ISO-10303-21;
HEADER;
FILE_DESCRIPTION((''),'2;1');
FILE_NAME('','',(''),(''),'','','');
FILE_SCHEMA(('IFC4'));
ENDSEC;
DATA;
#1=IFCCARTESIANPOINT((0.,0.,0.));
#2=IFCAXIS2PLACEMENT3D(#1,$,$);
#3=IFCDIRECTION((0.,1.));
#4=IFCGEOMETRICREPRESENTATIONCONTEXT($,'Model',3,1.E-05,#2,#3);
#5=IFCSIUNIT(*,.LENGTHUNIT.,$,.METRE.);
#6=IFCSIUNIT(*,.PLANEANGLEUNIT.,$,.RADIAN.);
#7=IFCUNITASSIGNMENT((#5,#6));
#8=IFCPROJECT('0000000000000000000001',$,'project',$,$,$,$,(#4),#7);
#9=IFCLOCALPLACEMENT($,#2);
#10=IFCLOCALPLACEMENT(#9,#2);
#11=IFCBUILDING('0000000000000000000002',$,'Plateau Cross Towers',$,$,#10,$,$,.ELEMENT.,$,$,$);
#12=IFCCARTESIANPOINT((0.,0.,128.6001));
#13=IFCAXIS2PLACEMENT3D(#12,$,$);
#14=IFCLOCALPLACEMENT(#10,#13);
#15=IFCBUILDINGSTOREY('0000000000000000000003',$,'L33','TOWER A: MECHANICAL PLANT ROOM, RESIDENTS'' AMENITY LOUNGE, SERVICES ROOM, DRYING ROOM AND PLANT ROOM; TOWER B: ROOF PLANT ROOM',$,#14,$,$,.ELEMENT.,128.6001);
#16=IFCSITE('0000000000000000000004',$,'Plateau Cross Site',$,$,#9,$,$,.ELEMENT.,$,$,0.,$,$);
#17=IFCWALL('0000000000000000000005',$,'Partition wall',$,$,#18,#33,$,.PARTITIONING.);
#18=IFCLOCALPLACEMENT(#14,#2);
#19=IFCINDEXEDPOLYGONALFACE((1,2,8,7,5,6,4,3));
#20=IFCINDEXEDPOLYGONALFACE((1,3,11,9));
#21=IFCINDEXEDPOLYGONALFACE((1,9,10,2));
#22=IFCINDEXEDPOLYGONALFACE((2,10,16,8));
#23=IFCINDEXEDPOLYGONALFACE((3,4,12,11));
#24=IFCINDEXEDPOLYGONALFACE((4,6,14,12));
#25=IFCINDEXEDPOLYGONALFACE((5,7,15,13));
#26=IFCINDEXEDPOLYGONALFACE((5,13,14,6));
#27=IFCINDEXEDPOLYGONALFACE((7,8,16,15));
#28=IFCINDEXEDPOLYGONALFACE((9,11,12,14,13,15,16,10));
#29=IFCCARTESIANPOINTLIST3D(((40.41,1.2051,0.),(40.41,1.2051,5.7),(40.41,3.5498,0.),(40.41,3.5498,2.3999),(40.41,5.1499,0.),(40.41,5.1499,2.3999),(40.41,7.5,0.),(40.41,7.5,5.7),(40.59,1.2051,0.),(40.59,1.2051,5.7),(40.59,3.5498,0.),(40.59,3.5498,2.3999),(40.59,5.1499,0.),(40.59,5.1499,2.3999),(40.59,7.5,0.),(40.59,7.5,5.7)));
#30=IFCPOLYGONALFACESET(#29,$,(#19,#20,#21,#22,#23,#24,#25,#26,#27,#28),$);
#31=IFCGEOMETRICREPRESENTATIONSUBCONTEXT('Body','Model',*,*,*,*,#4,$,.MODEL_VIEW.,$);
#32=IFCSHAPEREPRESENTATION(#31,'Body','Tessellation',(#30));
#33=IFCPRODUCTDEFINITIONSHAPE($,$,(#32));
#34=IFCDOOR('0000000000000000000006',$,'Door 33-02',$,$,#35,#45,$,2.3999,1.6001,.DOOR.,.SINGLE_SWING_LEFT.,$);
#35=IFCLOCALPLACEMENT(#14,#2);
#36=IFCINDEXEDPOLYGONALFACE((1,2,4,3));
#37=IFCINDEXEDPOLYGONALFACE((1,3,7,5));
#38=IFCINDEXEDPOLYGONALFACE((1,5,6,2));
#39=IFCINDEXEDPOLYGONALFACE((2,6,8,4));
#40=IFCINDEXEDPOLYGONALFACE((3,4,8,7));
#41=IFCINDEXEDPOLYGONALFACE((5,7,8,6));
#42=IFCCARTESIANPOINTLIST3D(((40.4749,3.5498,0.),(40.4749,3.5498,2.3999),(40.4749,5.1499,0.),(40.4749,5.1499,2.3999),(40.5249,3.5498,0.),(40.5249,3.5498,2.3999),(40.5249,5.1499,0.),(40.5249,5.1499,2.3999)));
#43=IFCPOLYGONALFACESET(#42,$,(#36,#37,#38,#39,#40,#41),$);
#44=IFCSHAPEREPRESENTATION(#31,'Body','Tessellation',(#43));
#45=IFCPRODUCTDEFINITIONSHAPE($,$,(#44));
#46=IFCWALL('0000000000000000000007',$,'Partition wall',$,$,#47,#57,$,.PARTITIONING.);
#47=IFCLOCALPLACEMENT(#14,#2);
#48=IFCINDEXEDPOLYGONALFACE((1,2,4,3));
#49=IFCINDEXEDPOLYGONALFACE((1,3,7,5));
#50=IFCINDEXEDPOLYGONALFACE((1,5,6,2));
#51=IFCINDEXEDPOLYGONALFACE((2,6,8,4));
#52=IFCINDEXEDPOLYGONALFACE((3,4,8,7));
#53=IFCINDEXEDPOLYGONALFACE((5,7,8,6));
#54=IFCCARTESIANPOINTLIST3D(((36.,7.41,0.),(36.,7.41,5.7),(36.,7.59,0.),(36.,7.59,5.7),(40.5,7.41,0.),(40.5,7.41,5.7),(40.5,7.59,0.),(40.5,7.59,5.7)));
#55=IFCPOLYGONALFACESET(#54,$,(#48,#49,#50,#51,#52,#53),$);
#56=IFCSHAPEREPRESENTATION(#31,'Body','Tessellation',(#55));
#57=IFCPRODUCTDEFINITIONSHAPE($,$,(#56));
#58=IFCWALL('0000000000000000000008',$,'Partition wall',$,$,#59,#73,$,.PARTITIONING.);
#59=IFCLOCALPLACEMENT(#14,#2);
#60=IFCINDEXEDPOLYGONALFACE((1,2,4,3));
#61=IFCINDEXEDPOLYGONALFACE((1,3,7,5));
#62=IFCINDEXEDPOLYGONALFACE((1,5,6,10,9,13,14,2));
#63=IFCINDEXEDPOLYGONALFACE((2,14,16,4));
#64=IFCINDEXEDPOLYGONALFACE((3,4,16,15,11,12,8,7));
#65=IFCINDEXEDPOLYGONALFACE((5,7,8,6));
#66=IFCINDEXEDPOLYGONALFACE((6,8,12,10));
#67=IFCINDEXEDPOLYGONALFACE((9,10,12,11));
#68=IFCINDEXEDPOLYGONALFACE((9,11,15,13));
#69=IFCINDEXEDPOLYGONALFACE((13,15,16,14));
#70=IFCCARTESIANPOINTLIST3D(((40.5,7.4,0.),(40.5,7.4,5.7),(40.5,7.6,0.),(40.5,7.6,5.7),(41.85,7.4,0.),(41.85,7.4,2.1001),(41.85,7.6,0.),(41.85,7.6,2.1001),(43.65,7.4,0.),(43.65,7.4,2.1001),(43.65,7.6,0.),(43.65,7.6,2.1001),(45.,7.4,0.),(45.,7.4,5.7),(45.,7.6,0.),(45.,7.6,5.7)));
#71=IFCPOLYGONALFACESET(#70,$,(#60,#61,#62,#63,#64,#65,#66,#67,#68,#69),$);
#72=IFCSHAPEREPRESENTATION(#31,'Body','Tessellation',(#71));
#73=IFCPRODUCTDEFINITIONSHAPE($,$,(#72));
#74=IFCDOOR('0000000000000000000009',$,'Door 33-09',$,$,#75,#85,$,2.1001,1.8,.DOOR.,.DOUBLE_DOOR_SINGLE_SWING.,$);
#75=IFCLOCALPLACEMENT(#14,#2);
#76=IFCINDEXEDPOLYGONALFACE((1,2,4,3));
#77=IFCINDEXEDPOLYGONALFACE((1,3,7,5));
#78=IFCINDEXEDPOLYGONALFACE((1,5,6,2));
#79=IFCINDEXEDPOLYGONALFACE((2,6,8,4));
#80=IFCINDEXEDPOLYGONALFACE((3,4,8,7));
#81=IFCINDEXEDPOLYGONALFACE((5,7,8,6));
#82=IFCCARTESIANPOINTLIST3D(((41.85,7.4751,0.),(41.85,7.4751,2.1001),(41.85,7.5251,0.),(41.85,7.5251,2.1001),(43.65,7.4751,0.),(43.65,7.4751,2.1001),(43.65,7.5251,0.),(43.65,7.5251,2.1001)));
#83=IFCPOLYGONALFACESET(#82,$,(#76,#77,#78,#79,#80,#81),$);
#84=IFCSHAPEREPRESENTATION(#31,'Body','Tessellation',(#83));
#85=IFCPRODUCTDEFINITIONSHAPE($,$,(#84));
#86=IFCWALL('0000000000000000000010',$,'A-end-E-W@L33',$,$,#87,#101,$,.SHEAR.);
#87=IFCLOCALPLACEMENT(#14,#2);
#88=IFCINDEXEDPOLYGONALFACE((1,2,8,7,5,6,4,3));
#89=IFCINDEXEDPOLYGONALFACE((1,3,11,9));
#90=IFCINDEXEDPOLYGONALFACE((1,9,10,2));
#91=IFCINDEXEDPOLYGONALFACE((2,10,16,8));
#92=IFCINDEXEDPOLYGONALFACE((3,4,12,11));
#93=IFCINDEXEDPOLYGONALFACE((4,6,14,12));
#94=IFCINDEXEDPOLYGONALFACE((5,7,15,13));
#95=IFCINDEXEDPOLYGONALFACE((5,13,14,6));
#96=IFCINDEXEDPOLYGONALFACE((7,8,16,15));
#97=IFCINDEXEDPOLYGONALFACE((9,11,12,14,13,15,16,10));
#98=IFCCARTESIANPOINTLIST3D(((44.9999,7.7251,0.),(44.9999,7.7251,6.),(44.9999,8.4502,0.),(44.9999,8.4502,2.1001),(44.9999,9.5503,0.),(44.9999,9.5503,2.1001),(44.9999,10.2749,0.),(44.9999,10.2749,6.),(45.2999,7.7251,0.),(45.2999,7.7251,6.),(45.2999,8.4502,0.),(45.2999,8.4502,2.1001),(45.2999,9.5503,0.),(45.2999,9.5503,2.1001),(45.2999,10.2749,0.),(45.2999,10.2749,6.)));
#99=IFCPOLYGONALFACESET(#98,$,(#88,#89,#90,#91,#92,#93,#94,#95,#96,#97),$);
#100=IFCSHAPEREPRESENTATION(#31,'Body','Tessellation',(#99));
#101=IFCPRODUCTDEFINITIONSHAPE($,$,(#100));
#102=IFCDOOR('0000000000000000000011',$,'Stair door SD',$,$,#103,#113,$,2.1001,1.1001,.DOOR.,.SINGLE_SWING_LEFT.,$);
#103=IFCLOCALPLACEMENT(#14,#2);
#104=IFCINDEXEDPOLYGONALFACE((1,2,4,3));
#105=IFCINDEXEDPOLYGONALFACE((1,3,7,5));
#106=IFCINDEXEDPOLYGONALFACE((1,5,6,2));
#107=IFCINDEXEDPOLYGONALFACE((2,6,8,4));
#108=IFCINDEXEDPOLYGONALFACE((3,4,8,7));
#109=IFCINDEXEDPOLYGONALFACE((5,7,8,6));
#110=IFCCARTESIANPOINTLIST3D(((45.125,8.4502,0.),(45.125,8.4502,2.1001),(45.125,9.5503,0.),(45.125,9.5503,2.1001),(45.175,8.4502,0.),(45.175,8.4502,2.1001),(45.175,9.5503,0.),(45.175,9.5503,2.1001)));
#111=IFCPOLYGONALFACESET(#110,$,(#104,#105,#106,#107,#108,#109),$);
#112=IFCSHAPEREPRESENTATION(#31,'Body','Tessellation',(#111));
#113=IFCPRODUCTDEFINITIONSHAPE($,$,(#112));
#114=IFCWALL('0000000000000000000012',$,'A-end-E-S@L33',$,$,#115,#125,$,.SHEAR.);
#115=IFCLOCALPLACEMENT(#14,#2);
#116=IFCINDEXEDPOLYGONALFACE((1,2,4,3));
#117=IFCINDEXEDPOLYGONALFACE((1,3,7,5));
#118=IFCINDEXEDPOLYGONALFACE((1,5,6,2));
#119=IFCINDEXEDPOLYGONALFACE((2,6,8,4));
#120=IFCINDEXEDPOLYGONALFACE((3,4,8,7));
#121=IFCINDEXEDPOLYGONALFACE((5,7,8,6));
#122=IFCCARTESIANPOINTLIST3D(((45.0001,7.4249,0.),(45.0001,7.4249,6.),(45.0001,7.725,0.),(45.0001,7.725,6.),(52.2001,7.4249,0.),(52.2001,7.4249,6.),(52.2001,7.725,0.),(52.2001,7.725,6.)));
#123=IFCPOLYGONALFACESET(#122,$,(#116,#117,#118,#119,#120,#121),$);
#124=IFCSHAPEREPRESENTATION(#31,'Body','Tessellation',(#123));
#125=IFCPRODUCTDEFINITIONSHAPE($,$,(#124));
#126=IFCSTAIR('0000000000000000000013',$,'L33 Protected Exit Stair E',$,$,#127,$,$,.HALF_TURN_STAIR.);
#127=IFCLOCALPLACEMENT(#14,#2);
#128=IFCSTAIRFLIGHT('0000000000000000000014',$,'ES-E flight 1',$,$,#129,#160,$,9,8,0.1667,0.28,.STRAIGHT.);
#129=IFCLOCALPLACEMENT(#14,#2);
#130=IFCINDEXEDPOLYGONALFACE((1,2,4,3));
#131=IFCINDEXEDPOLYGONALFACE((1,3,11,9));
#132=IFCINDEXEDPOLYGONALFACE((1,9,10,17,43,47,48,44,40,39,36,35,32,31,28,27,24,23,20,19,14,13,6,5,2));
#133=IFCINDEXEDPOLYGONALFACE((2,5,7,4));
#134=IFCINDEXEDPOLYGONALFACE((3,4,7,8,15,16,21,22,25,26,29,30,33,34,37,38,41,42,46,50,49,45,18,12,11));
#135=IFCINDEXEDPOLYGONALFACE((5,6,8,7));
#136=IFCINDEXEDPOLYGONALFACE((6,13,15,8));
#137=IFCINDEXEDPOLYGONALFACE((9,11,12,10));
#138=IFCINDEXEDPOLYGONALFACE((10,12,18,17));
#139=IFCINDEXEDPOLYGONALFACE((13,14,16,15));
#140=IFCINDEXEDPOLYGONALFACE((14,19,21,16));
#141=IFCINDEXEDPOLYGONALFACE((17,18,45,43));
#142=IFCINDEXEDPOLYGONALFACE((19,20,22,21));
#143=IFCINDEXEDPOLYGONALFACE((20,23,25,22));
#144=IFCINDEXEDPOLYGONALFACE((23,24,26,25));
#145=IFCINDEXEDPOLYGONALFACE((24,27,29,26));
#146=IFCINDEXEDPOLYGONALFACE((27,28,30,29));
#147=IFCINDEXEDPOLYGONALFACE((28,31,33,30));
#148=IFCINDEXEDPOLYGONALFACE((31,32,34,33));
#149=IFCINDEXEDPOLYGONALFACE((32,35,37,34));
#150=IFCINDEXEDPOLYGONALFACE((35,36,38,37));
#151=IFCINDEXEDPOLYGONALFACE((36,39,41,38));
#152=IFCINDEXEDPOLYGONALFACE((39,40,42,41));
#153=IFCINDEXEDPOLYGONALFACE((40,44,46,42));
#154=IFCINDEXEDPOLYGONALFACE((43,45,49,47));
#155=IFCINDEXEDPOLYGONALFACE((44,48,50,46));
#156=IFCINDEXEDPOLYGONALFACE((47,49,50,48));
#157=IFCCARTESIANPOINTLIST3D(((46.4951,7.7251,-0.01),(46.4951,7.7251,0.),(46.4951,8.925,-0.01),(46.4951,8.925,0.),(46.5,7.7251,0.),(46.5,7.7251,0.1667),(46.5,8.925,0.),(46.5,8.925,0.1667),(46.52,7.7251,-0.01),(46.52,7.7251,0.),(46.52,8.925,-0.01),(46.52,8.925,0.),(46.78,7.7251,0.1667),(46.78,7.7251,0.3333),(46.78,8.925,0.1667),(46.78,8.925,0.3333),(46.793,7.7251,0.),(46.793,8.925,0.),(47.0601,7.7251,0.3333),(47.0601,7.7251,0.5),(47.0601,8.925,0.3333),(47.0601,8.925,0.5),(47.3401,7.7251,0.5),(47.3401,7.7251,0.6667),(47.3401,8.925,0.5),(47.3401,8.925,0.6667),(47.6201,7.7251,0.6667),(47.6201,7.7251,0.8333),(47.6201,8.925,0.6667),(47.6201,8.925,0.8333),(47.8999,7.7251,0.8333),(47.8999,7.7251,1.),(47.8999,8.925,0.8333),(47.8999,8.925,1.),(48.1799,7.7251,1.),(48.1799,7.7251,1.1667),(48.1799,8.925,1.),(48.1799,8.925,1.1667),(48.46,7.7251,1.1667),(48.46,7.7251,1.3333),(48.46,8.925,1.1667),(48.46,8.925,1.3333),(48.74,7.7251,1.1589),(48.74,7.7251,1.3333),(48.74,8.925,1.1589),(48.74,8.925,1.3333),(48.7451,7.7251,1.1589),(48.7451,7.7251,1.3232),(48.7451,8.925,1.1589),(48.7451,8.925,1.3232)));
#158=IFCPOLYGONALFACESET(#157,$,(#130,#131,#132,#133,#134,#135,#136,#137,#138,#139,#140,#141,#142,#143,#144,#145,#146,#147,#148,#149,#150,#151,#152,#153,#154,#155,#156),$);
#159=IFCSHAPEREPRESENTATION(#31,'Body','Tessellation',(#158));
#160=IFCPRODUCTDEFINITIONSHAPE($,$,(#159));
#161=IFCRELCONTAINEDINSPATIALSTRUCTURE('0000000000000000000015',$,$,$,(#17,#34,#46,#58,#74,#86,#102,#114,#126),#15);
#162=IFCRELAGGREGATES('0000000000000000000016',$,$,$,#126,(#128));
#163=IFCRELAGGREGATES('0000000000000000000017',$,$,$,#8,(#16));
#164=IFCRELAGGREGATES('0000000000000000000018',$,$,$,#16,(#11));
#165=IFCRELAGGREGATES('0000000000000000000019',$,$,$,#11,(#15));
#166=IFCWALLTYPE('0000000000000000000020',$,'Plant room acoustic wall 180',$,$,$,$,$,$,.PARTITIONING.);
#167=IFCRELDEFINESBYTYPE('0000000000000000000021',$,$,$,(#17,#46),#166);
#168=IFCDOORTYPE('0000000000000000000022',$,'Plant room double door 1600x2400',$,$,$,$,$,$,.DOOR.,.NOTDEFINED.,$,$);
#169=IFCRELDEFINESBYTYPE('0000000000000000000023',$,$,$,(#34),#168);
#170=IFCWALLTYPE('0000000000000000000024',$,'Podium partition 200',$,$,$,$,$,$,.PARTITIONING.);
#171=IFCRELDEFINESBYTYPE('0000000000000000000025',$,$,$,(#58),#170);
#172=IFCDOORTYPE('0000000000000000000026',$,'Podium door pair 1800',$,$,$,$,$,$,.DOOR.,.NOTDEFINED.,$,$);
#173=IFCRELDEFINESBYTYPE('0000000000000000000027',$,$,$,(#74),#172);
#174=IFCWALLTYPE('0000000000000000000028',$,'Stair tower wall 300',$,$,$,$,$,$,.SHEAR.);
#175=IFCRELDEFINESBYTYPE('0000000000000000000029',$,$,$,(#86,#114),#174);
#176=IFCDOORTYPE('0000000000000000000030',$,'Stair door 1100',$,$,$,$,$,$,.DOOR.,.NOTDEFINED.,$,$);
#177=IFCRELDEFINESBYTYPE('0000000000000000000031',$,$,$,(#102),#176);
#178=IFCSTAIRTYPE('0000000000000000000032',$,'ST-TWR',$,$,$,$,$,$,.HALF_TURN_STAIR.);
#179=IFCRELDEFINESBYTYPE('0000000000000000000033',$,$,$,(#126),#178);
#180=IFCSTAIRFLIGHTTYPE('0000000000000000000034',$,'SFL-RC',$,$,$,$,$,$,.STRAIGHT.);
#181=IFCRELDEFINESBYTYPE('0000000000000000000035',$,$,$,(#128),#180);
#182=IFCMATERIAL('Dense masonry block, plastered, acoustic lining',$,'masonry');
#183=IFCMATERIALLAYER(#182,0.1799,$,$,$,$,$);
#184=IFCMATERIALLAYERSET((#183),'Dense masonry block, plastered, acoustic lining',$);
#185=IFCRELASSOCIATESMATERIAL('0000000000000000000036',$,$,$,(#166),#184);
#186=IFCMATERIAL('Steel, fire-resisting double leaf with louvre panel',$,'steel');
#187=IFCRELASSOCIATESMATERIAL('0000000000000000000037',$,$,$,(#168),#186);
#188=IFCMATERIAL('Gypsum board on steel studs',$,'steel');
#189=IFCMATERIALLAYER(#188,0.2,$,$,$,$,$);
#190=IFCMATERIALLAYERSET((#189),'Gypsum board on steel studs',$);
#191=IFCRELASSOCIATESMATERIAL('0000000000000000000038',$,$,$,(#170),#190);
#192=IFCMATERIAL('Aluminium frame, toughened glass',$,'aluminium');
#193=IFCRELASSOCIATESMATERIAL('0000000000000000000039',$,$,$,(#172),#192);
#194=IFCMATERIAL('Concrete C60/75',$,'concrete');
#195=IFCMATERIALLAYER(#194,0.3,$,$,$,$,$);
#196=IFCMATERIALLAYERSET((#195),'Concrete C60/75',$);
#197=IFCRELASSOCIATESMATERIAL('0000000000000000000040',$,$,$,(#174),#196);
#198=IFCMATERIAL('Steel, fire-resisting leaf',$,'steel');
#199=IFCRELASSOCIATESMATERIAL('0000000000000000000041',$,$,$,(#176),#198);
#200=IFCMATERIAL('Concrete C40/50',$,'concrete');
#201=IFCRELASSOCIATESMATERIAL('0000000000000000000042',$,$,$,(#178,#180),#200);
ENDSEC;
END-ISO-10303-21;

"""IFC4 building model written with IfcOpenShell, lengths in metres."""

from ifc_helpers import new_model, si_unit, direction, frame, frame_2d, origin, place, context, subcontext, project, spatial, polyline, rectangle, outline, extrude, material, layer, layer_set, type_object, element, fill, aggregate, save


model = new_model("IFC4")

# Units and contexts
model_context = context("Model", 3, precision=1e-05, world=origin(), true_north=direction((0.0, 1.0)))
body_context = subcontext(model_context, "Body", "Model", "MODEL_VIEW")
ifc_project = project(units=[si_unit("LENGTHUNIT", "METRE"), si_unit("PLANEANGLEUNIT", "RADIAN")], contexts=[model_context])

# Site, building, storey
site_placement = place(None, origin())
site = spatial("IfcSite", under=ifc_project, at=site_placement, Name="Plateau Cross Site", CompositionType="ELEMENT", RefElevation=0.0)
building_placement = place(site_placement, origin())
building = spatial("IfcBuilding", under=site, at=building_placement, Name="Plateau Cross Towers", CompositionType="ELEMENT")
storey_placement = place(building_placement, frame((0.0, 0.0, 128.6001)))
storey = spatial("IfcBuildingStorey", under=building, at=storey_placement, Name="L33", Description="TOWER A: MECHANICAL PLANT ROOM, RESIDENTS' AMENITY LOUNGE, SERVICES ROOM, DRYING ROOM AND PLANT ROOM; TOWER B: ROOF PLANT ROOM", CompositionType="ELEMENT", Elevation=128.6001)

# Shared definitions
ifc_material_1 = material(Name="Dense masonry block, plastered, acoustic lining", Category="masonry")
ifc_layer_1 = layer(ifc_material_1, 0.1799)
ifc_layer_set_1 = layer_set([ifc_layer_1], Name="Dense masonry block, plastered, acoustic lining")
wall_type_1 = type_object("IfcWallType", Name="Plant room acoustic wall 180", PredefinedType="PARTITIONING", material=ifc_layer_set_1)

# Wall, opening, door
wall_1_placement = place(storey_placement, frame((40.5, 7.5, 0.0), z_axis=(0.0, 0.0, 1.0), x_axis=(0.0, -1.0, 0.0)))
wall_1 = element("IfcWall", 1, at=wall_1_placement, inside=storey, type_object=wall_type_1, Name="Partition wall", PredefinedType="PARTITIONING", context=body_context, shape_type="SweptSolid", body=[
    extrude(rectangle(XDim=6.2949, YDim=0.1799, at=frame_2d((3.1475, 0.0))), origin(), (0.0, 0.0, 1.0), 5.7),
])
opening_1_placement = place(wall_1_placement, frame((2.3501, 0.0, 0.0)))
opening_1 = element("IfcOpeningElement", 2, at=opening_1_placement, cuts=wall_1, PredefinedType="OPENING", context=body_context, shape_type="SweptSolid", body=[
    extrude(rectangle(XDim=1.6001, YDim=2.3999, at=frame_2d((0.8, 1.2))), frame((0.0, 0.0999, 0.0), z_axis=(0.0, -1.0, 0.0), x_axis=(1.0, 0.0, 0.0)), (0.0, 0.0, 1.0), 0.2),
])
ifc_material_2 = material(Name="Steel, fire-resisting double leaf with louvre panel", Category="steel")
door_type_1 = type_object("IfcDoorType", Name="Plant room double door 1600x2400", OperationType="NOTDEFINED", PredefinedType="DOOR", material=ifc_material_2)
door_1_placement = place(opening_1_placement, origin())
door_1 = element("IfcDoor", 3, at=door_1_placement, inside=storey, type_object=door_type_1, Name="Door 33-02", OperationType="SINGLE_SWING_LEFT", OverallHeight=2.3999, OverallWidth=1.6001, PredefinedType="DOOR", context=body_context, shape_type="SweptSolid", body=[
    extrude(rectangle(XDim=1.6001, YDim=2.3999, at=frame_2d((0.8, 1.2))), frame((0.0, 0.0249, 0.0), z_axis=(0.0, -1.0, 0.0), x_axis=(1.0, 0.0, 0.0)), (0.0, 0.0, 1.0), 0.05),
])
fill(opening_1, door_1)

# Wall
wall_2_placement = place(storey_placement, frame((40.5, 7.5, 0.0), z_axis=(0.0, 0.0, 1.0), x_axis=(-1.0, 0.0, 0.0)))
element("IfcWall", 4, at=wall_2_placement, inside=storey, type_object=wall_type_1, Name="Partition wall", PredefinedType="PARTITIONING", context=body_context, shape_type="SweptSolid", body=[
    extrude(rectangle(XDim=4.5, YDim=0.1799, at=frame_2d((2.25, 0.0))), origin(), (0.0, 0.0, 1.0), 5.7),
])

# Walls, openings, doors
ifc_material_3 = material(Name="Gypsum board on steel studs", Category="steel")
ifc_layer_2 = layer(ifc_material_3, 0.2)
ifc_layer_set_2 = layer_set([ifc_layer_2], Name="Gypsum board on steel studs")
wall_type_2 = type_object("IfcWallType", Name="Podium partition 200", PredefinedType="PARTITIONING", material=ifc_layer_set_2)
wall_3_placement = place(storey_placement, frame((45.0, 7.5, 0.0), z_axis=(0.0, 0.0, 1.0), x_axis=(-1.0, 0.0, 0.0)))
wall_3 = element("IfcWall", 5, at=wall_3_placement, inside=storey, type_object=wall_type_2, Name="Partition wall", PredefinedType="PARTITIONING", context=body_context, shape_type="SweptSolid", body=[
    extrude(rectangle(XDim=4.5, YDim=0.2, at=frame_2d((2.25, 0.0))), origin(), (0.0, 0.0, 1.0), 5.7),
])
opening_2_placement = place(wall_3_placement, frame((1.3501, 0.0, 0.0)))
opening_2 = element("IfcOpeningElement", 6, at=opening_2_placement, cuts=wall_3, PredefinedType="OPENING", context=body_context, shape_type="SweptSolid", body=[
    extrude(rectangle(XDim=1.8, YDim=2.1001, at=frame_2d((0.8999, 1.05))), frame((0.0, 0.1099, 0.0), z_axis=(0.0, -1.0, 0.0), x_axis=(1.0, 0.0, 0.0)), (0.0, 0.0, 1.0), 0.22),
])
ifc_material_4 = material(Name="Aluminium frame, toughened glass", Category="aluminium")
door_type_2 = type_object("IfcDoorType", Name="Podium door pair 1800", OperationType="NOTDEFINED", PredefinedType="DOOR", material=ifc_material_4)
door_2_placement = place(opening_2_placement, origin())
door_2 = element("IfcDoor", 7, at=door_2_placement, inside=storey, type_object=door_type_2, Name="Door 33-09", OperationType="DOUBLE_DOOR_SINGLE_SWING", OverallHeight=2.1001, OverallWidth=1.8, PredefinedType="DOOR", context=body_context, shape_type="SweptSolid", body=[
    extrude(rectangle(XDim=1.8, YDim=2.1001, at=frame_2d((0.8999, 1.05))), frame((0.0, 0.0249, 0.0), z_axis=(0.0, -1.0, 0.0), x_axis=(1.0, 0.0, 0.0)), (0.0, 0.0, 1.0), 0.05),
])
fill(opening_2, door_2)
ifc_material_5 = material(Name="Concrete C60/75", Category="concrete")
ifc_layer_3 = layer(ifc_material_5, 0.3)
ifc_layer_set_3 = layer_set([ifc_layer_3], Name="Concrete C60/75")
wall_type_3 = type_object("IfcWallType", Name="Stair tower wall 300", PredefinedType="SHEAR", material=ifc_layer_set_3)
wall_4_placement = place(storey_placement, frame((45.1499, 7.7251, 0.0), z_axis=(0.0, 0.0, 1.0), x_axis=(0.0, 1.0, 0.0)))
wall_4 = element("IfcWall", 8, at=wall_4_placement, inside=storey, type_object=wall_type_3, Name="A-end-E-W@L33", PredefinedType="SHEAR", context=body_context, shape_type="SweptSolid", body=[
    extrude(rectangle(XDim=2.5498, YDim=0.3, at=frame_2d((1.2749, 0.0))), origin(), (0.0, 0.0, 1.0), 6.0),
])
opening_3_placement = place(wall_4_placement, frame((0.7251, 0.0, 0.0)))
opening_3 = element("IfcOpeningElement", 9, at=opening_3_placement, cuts=wall_4, PredefinedType="OPENING", context=body_context, shape_type="SweptSolid", body=[
    extrude(rectangle(XDim=1.1001, YDim=2.1001, at=frame_2d((0.55, 1.05))), frame((0.0, 0.1599, 0.0), z_axis=(0.0, -1.0, 0.0), x_axis=(1.0, 0.0, 0.0)), (0.0, 0.0, 1.0), 0.3201),
])
ifc_material_6 = material(Name="Steel, fire-resisting leaf", Category="steel")
door_type_3 = type_object("IfcDoorType", Name="Stair door 1100", OperationType="NOTDEFINED", PredefinedType="DOOR", material=ifc_material_6)
door_3_placement = place(opening_3_placement, origin())
door_3 = element("IfcDoor", 10, at=door_3_placement, inside=storey, type_object=door_type_3, Name="Stair door SD", OperationType="SINGLE_SWING_LEFT", OverallHeight=2.1001, OverallWidth=1.1001, PredefinedType="DOOR", context=body_context, shape_type="SweptSolid", body=[
    extrude(rectangle(XDim=1.1001, YDim=2.1001, at=frame_2d((0.55, 1.05))), frame((0.0, 0.0249, 0.0), z_axis=(0.0, -1.0, 0.0), x_axis=(1.0, 0.0, 0.0)), (0.0, 0.0, 1.0), 0.05),
])
fill(opening_3, door_3)

# Wall
wall_5_placement = place(storey_placement, frame((45.0, 7.575, 0.0), z_axis=(0.0, 0.0, 1.0), x_axis=(1.0, 0.0, 0.0)))
element("IfcWall", 11, at=wall_5_placement, inside=storey, type_object=wall_type_3, Name="A-end-E-S@L33", PredefinedType="SHEAR", context=body_context, shape_type="SweptSolid", body=[
    extrude(rectangle(XDim=7.2, YDim=0.3, at=frame_2d((3.6001, 0.0))), origin(), (0.0, 0.0, 1.0), 6.0),
])

# Stair, stair flight
ifc_material_7 = material(Name="Concrete C40/50", Category="concrete")
stair_type = type_object("IfcStairType", Name="ST-TWR", PredefinedType="HALF_TURN_STAIR", material=ifc_material_7)
stair_placement = place(storey_placement, origin())
stair = element("IfcStair", 12, at=stair_placement, inside=storey, type_object=stair_type, Name="L33 Protected Exit Stair E", PredefinedType="HALF_TURN_STAIR")
stair_flight_type = type_object("IfcStairFlightType", Name="SFL-RC", PredefinedType="STRAIGHT", material=ifc_material_7)
stair_flight_1_placement = place(storey_placement, frame((46.5, 8.325, 0.0), z_axis=(0.0, 0.0, 1.0), x_axis=(1.0, 0.0, 0.0)))
stair_flight_1 = element("IfcStairFlight", 13, at=stair_flight_1_placement, type_object=stair_flight_type, Name="ES-E flight 1", NumberOfRisers=9, NumberOfTreads=8, PredefinedType="STRAIGHT", RiserHeight=0.1667, TreadLength=0.28, context=body_context, shape_type="SweptSolid", body=[
    extrude(outline(polyline([(-0.0049, -0.01), (-0.0049, 0.0), (0.0, 0.0), (0.0, 0.1667), (0.28, 0.1667), (0.28, 0.3333), (0.5601, 0.3333), (0.5601, 0.5), (0.8401, 0.5), (0.8401, 0.6667), (1.1201, 0.6667), (1.1201, 0.8333), (1.3999, 0.8333), (1.3999, 1.0), (1.6799, 1.0), (1.6799, 1.1667), (1.96, 1.1667), (1.96, 1.3333), (2.24, 1.3333), (2.2451, 1.3232), (2.2451, 1.1589), (2.24, 1.1589), (0.293, 0.0), (0.02, 0.0), (0.02, -0.01), (-0.0049, -0.01)])), frame((0.0, 0.6001, 0.0), z_axis=(0.0, -1.0, 0.0), x_axis=(1.0, 0.0, 0.0)), (0.0, 0.0, 1.0), 1.2),
])
aggregate(stair, [stair_flight_1])

save(model, "model.ifc")
